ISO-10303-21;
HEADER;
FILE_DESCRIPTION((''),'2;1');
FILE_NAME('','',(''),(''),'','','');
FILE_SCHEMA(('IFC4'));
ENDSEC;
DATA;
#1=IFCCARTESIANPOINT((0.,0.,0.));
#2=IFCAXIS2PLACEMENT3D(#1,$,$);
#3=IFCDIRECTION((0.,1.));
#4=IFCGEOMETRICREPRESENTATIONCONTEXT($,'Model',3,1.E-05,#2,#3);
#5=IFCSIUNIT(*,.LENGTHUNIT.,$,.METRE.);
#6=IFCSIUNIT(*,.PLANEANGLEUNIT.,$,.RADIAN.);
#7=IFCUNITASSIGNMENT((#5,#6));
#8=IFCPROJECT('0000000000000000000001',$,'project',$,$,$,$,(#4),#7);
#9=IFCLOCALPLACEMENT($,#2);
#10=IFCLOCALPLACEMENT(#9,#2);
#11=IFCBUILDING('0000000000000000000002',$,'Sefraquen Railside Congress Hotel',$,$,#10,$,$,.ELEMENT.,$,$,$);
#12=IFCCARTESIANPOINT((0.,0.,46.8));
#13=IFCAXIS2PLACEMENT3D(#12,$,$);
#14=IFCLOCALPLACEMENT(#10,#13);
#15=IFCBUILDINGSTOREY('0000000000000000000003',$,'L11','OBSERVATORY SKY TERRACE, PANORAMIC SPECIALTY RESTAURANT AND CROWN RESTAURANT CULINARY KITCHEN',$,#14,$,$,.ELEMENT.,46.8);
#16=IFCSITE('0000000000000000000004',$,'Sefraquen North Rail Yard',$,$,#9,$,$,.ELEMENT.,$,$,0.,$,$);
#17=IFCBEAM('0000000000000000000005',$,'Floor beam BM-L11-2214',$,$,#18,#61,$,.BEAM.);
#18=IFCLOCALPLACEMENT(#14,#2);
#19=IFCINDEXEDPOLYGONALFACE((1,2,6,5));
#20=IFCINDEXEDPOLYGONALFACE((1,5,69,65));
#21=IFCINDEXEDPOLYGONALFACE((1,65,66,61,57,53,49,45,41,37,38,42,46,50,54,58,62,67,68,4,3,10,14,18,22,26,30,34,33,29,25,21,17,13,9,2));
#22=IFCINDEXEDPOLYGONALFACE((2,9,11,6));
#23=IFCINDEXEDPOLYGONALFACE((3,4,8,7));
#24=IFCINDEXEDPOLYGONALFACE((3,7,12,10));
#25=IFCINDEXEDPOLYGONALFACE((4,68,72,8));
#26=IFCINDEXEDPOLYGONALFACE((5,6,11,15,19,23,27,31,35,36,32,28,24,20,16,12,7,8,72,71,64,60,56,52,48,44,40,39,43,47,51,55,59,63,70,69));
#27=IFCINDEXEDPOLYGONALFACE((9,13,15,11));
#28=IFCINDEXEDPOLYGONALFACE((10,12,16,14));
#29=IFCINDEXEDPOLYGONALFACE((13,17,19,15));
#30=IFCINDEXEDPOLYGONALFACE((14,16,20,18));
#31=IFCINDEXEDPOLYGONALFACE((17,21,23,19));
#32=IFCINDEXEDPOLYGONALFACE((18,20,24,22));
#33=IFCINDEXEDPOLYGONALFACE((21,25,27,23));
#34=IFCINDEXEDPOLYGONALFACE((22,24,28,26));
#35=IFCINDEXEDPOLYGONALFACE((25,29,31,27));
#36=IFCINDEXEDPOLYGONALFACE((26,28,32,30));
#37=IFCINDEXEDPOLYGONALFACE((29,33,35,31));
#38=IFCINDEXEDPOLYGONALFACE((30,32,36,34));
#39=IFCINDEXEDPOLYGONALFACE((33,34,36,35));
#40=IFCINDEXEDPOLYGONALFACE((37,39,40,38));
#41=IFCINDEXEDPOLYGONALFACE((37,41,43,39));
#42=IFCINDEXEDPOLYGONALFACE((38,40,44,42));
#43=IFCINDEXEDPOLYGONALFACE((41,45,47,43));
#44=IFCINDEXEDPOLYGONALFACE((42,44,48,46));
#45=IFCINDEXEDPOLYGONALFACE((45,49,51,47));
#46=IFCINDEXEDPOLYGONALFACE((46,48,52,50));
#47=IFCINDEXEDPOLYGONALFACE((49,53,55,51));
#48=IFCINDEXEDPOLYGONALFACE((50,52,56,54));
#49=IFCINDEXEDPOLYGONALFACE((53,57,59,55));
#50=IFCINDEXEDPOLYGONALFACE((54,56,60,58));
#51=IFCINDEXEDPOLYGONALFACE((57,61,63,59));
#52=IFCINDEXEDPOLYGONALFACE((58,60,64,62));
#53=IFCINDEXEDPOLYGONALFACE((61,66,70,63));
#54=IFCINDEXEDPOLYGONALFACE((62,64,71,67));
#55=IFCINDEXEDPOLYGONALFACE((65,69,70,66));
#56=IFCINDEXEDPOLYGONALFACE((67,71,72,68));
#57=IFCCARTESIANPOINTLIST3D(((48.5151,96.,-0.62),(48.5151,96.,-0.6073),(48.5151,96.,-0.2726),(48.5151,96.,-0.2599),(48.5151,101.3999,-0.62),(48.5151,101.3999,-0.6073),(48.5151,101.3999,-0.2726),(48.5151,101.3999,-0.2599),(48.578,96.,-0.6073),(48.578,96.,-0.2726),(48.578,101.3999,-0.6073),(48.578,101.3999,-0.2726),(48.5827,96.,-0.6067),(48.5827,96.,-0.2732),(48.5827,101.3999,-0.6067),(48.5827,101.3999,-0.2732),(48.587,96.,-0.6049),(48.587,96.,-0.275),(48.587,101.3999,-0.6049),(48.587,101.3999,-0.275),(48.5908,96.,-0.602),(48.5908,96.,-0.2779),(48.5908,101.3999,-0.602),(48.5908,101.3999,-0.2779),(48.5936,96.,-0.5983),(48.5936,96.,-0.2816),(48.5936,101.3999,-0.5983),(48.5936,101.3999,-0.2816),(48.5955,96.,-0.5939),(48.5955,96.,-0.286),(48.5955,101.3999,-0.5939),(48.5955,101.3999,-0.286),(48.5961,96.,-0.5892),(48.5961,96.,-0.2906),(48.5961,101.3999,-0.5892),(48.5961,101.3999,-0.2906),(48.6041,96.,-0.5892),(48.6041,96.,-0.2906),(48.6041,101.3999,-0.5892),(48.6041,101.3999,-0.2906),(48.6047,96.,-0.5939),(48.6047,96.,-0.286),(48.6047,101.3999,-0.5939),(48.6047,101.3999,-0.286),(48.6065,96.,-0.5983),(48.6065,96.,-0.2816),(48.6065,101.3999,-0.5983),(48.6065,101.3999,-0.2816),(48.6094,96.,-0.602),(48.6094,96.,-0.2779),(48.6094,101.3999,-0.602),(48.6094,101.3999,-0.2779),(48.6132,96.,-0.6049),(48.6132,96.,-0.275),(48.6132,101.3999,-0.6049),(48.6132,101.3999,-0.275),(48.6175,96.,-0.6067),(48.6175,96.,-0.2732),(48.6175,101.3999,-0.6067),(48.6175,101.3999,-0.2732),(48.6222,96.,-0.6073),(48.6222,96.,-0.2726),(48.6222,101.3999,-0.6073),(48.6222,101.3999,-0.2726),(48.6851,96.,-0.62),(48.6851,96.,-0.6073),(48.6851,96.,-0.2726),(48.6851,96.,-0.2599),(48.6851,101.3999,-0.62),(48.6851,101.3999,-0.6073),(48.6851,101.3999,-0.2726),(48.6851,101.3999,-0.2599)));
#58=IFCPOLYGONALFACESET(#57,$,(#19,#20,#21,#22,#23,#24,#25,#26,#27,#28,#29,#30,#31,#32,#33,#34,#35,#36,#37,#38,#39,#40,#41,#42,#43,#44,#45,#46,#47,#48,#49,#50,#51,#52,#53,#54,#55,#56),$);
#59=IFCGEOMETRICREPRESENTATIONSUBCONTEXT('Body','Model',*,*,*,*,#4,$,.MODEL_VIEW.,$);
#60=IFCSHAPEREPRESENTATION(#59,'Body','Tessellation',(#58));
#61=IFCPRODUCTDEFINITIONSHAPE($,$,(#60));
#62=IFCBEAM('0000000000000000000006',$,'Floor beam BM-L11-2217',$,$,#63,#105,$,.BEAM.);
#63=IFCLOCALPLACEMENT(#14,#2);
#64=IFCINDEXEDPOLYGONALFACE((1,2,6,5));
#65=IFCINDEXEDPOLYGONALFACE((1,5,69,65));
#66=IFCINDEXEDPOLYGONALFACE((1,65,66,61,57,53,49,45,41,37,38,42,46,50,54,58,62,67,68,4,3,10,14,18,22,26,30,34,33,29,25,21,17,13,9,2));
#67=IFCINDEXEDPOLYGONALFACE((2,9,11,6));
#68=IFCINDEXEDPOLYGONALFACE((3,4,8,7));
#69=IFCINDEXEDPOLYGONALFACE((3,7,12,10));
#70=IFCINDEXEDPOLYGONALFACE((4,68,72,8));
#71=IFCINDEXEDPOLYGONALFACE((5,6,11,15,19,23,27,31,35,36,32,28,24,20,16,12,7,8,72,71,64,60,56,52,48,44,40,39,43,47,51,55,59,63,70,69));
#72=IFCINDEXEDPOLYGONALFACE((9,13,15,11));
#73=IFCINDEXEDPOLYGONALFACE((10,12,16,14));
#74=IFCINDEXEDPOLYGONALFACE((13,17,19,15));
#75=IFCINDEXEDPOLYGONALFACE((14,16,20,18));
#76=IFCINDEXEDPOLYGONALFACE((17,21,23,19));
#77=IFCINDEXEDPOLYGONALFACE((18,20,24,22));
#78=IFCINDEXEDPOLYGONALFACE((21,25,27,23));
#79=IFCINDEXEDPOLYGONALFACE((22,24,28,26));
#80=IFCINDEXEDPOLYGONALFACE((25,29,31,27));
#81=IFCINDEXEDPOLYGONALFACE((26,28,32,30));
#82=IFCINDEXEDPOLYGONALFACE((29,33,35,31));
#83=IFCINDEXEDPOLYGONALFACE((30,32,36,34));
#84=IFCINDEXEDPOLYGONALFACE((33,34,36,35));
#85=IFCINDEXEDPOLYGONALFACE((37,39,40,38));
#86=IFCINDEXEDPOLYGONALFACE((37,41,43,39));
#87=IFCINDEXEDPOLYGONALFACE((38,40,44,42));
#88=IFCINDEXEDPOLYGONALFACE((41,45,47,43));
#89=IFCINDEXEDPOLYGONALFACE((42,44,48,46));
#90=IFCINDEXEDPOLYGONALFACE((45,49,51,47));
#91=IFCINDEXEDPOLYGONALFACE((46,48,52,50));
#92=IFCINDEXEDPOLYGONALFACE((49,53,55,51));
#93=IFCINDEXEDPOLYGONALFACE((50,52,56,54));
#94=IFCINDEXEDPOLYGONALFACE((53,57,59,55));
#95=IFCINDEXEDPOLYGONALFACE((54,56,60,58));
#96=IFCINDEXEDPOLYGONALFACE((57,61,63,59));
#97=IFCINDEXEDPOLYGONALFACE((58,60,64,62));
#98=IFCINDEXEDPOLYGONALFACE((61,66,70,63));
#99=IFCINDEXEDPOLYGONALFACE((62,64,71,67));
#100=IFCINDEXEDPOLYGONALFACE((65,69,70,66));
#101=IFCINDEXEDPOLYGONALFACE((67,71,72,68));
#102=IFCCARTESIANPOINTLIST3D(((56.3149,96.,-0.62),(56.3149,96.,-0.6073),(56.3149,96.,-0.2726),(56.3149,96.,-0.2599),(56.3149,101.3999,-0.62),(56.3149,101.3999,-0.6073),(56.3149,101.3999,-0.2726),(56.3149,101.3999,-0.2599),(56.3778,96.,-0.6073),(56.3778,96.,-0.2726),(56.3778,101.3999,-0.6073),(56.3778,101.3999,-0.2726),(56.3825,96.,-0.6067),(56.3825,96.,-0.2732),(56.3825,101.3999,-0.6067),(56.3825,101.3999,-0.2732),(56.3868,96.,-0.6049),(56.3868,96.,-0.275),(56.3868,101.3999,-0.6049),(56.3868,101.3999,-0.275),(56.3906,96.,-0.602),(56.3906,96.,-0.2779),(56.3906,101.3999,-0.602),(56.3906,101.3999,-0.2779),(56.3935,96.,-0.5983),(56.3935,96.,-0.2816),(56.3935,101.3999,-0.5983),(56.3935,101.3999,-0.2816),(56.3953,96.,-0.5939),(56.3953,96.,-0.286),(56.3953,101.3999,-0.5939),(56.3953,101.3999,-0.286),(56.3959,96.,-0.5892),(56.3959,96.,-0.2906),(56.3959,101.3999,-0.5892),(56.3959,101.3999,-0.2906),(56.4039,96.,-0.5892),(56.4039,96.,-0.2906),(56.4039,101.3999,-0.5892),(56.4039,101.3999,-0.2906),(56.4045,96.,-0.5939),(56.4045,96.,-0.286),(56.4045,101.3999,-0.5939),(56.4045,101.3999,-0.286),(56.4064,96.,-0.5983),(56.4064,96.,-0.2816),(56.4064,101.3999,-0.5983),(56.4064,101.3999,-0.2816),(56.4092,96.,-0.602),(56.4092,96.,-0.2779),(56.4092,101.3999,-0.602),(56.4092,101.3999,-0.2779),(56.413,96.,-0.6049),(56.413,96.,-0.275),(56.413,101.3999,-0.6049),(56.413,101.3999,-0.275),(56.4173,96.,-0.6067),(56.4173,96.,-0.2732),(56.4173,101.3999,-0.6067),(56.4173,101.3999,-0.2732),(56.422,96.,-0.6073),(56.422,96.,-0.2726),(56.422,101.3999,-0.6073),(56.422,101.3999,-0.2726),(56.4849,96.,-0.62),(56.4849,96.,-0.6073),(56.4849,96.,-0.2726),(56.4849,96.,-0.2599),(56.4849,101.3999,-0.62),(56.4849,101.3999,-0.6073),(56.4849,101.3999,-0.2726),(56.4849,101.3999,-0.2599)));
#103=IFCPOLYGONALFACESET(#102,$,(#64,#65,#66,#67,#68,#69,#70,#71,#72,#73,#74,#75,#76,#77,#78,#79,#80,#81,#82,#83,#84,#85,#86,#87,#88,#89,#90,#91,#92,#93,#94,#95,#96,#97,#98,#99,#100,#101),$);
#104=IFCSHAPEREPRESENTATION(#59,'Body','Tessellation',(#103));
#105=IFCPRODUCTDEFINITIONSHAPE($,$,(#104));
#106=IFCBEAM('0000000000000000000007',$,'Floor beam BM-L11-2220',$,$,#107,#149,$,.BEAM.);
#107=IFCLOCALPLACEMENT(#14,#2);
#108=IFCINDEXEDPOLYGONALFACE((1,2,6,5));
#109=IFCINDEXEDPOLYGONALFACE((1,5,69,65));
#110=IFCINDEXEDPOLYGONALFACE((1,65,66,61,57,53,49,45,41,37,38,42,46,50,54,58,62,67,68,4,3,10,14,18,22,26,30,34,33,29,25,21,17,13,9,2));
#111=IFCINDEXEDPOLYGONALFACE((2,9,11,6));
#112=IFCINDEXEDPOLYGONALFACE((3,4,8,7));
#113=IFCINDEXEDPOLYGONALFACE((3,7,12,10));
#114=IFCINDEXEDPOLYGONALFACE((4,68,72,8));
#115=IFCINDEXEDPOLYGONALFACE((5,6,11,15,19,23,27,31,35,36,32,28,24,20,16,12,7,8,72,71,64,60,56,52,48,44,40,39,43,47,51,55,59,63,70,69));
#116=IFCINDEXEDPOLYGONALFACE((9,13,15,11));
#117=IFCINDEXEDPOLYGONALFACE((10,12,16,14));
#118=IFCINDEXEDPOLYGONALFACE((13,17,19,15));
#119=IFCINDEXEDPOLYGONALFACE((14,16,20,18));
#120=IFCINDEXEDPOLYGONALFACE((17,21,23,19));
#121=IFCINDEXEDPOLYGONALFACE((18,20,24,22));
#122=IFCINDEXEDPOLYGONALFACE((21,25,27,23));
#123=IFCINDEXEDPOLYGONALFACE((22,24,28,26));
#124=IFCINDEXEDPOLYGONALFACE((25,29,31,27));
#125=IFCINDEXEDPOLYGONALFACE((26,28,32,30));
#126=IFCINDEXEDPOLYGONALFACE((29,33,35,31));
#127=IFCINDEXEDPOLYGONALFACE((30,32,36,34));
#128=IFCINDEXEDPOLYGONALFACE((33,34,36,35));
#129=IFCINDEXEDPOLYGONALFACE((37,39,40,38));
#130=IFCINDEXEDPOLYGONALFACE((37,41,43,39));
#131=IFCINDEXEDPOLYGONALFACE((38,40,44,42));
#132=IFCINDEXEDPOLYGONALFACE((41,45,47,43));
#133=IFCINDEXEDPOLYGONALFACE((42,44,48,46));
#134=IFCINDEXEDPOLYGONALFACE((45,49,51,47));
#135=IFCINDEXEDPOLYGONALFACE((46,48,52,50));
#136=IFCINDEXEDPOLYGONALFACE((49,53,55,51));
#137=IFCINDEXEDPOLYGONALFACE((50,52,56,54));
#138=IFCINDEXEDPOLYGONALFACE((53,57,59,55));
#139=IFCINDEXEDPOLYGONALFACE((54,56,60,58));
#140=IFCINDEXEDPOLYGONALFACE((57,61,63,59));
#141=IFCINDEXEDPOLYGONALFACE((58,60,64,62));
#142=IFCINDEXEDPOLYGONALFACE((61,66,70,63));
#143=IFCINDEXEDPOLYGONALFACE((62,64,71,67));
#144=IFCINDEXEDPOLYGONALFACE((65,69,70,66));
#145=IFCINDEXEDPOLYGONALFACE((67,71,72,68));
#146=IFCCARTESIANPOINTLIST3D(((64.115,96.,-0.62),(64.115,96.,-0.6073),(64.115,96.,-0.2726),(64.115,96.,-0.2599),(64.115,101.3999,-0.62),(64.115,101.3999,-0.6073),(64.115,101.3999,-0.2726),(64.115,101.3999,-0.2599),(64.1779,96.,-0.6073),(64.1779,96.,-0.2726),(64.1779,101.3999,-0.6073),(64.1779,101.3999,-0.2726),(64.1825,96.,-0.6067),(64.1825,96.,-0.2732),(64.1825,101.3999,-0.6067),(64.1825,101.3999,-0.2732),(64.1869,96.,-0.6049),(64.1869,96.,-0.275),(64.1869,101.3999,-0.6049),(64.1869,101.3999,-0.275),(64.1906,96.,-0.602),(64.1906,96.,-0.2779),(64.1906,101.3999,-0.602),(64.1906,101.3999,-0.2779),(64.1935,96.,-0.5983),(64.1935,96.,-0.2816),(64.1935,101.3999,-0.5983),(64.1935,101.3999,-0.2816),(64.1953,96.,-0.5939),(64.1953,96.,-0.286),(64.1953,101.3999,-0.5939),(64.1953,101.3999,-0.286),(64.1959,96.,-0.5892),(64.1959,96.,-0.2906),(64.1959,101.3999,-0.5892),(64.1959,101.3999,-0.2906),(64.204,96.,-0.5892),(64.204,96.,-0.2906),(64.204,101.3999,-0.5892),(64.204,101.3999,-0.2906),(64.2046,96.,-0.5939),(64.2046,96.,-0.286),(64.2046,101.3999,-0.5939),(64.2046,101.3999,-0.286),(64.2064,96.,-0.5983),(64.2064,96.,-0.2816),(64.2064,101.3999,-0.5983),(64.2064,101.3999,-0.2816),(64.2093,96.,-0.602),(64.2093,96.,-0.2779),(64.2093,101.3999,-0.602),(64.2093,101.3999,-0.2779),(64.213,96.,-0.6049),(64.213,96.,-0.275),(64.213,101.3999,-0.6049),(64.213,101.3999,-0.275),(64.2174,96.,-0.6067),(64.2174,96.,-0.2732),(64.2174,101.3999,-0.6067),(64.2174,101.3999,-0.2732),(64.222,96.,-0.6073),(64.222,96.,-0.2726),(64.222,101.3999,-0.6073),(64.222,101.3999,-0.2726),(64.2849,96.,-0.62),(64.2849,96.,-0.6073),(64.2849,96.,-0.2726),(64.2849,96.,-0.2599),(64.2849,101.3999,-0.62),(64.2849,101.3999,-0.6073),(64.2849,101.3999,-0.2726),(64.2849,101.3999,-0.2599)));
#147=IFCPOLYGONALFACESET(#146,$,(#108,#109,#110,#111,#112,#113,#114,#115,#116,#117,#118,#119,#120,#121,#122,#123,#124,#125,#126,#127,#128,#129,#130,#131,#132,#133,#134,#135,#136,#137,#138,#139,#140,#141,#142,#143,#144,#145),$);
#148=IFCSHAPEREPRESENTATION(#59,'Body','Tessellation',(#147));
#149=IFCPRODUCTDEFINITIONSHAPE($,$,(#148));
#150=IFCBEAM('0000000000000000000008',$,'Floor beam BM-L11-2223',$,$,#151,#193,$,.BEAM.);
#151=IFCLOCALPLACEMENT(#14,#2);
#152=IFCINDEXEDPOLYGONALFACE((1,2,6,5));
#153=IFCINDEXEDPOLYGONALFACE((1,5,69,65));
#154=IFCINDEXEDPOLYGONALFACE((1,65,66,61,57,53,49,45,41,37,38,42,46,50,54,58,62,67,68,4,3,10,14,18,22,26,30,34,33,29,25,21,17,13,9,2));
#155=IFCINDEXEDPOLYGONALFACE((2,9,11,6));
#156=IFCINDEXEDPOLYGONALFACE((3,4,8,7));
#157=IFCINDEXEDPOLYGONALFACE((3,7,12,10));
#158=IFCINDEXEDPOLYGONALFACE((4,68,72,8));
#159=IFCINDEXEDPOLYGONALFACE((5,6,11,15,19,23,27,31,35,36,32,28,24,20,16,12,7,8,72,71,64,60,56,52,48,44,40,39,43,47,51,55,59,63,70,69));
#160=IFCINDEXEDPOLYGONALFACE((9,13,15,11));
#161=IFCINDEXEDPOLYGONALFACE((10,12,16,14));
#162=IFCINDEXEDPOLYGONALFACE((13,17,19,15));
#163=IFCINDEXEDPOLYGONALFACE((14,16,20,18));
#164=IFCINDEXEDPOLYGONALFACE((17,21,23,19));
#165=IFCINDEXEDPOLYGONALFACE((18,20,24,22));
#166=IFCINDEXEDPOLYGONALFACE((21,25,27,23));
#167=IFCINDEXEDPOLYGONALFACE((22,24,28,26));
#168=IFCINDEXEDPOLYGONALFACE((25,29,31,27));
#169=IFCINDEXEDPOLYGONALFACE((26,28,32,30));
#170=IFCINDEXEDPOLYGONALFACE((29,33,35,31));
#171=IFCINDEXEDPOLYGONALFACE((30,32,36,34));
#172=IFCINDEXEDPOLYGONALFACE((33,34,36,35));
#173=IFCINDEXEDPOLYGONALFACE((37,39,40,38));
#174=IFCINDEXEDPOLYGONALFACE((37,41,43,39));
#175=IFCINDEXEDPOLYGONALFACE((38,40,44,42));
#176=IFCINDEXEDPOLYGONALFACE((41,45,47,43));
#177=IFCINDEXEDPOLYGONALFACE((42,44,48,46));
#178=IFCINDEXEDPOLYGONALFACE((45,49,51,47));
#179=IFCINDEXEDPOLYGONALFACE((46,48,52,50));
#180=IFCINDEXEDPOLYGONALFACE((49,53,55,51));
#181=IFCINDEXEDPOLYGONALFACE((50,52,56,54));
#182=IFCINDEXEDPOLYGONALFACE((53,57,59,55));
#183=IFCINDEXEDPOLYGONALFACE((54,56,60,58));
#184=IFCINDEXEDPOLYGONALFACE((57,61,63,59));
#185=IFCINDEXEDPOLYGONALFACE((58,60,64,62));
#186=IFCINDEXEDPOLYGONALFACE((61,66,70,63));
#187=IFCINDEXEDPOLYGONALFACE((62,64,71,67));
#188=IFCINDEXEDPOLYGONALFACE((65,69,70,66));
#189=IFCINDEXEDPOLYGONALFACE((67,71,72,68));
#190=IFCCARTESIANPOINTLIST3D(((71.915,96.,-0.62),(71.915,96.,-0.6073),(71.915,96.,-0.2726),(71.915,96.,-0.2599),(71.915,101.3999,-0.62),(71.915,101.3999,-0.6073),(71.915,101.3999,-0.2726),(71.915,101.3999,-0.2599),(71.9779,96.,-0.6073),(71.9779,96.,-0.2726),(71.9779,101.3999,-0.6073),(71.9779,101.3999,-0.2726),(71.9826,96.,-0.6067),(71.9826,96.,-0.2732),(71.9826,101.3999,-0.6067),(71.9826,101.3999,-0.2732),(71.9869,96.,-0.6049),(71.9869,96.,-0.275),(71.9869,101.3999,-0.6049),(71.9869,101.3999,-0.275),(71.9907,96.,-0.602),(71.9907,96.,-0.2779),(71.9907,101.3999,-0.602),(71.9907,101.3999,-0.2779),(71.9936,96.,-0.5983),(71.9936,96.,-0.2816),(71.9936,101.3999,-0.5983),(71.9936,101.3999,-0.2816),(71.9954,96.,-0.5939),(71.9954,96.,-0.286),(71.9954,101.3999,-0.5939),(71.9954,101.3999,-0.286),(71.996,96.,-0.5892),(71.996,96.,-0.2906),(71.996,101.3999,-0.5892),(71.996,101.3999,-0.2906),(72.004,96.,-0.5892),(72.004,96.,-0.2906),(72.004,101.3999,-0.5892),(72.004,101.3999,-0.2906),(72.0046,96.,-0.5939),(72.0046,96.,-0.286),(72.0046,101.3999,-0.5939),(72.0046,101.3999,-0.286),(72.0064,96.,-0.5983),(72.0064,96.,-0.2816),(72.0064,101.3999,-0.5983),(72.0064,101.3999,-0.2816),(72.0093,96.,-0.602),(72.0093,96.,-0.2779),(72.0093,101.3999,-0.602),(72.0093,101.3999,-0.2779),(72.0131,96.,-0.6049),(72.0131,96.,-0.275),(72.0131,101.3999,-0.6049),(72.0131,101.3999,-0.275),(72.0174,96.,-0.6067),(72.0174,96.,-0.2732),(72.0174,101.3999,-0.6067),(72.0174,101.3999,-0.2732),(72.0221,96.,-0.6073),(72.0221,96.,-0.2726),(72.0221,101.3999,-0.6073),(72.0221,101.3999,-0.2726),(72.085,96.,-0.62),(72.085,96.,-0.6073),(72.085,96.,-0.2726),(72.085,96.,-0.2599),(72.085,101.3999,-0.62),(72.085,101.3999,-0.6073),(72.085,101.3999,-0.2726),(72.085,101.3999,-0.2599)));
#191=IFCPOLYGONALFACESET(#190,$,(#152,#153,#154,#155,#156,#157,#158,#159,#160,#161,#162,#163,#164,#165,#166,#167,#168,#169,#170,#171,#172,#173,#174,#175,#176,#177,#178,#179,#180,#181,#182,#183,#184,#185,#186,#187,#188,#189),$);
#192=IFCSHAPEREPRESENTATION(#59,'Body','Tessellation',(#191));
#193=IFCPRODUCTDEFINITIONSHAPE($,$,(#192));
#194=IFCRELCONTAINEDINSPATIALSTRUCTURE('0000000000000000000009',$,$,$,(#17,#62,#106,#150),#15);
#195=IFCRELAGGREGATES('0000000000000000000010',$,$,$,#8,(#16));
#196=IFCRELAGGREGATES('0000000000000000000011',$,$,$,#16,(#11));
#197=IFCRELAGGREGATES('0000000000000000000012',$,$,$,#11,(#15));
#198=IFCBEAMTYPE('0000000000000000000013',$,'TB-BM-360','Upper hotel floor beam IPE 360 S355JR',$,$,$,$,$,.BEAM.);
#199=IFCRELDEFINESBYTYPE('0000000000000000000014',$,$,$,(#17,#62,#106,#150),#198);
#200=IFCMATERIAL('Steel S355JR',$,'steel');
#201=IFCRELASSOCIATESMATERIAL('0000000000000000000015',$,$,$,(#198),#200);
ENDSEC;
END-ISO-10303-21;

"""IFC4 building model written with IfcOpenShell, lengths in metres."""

from ifc_helpers import new_model, si_unit, direction, frame, origin, origin_2d, place, context, subcontext, project, spatial, i_section, extrude, material, material_profile, profile_set, type_object, element, save


model = new_model("IFC4")

# Units and contexts
model_context = context("Model", 3, precision=1e-05, world=origin(), true_north=direction((0.0, 1.0)))
body_context = subcontext(model_context, "Body", "Model", "MODEL_VIEW")
ifc_project = project(units=[si_unit("LENGTHUNIT", "METRE"), si_unit("PLANEANGLEUNIT", "RADIAN")], contexts=[model_context])

# Site, building, storey
site_placement = place(None, origin())
site = spatial("IfcSite", under=ifc_project, at=site_placement, Name="Sefraquen North Rail Yard", CompositionType="ELEMENT", RefElevation=0.0)
building_placement = place(site_placement, origin())
building = spatial("IfcBuilding", under=site, at=building_placement, Name="Sefraquen Railside Congress Hotel", CompositionType="ELEMENT")
storey_placement = place(building_placement, frame((0.0, 0.0, 46.8)))
storey = spatial("IfcBuildingStorey", under=building, at=storey_placement, Name="L11", Description="OBSERVATORY SKY TERRACE, PANORAMIC SPECIALTY RESTAURANT AND CROWN RESTAURANT CULINARY KITCHEN", CompositionType="ELEMENT", Elevation=46.8)

# Shared definitions
ifc_material = material(Name="Steel S355JR", Category="steel")

# Beams
ifc_material_profile_1 = material_profile(ifc_material, i_section(OverallWidth=0.1699, OverallDepth=0.3601, WebThickness=0.0081, FlangeThickness=0.0127, FilletRadius=0.0181, at=origin_2d()), Name="IPE 360")
ifc_profile_set_1 = profile_set([ifc_material_profile_1], Name="Steel S355JR")
beam_type_1 = type_object("IfcBeamType", Name="TB-BM-360", Description="Upper hotel floor beam IPE 360 S355JR", PredefinedType="BEAM", material=ifc_profile_set_1)
for number, where, z_axis, x_axis, name in (
    (1, (48.6001, 96.0, -0.4399), (0.0, 1.0, 0.0), (-1.0, 0.0, 0.0), "Floor beam BM-L11-2214"),
    (2, (56.3999, 96.0, -0.4399), (0.0, 1.0, 0.0), (-1.0, 0.0, 0.0), "Floor beam BM-L11-2217"),
    (3, (64.2, 96.0, -0.4399), (0.0, 1.0, 0.0), (-1.0, 0.0, 0.0), "Floor beam BM-L11-2220"),
    (4, (72.0, 96.0, -0.4399), (0.0, 1.0, 0.0), (-1.0, 0.0, 0.0), "Floor beam BM-L11-2223"),
):
    element("IfcBeam", number, at=place(storey_placement, frame(where, z_axis=z_axis, x_axis=x_axis)), inside=storey, type_object=beam_type_1, Name=name, PredefinedType="BEAM", context=body_context, shape_type="SweptSolid", body=[
        extrude(i_section(OverallWidth=0.1699, OverallDepth=0.3601, WebThickness=0.0081, FlangeThickness=0.0127, FilletRadius=0.0181, at=origin_2d()), origin(), (0.0, 0.0, 1.0), 5.3999),
    ])

save(model, "model.ifc")
